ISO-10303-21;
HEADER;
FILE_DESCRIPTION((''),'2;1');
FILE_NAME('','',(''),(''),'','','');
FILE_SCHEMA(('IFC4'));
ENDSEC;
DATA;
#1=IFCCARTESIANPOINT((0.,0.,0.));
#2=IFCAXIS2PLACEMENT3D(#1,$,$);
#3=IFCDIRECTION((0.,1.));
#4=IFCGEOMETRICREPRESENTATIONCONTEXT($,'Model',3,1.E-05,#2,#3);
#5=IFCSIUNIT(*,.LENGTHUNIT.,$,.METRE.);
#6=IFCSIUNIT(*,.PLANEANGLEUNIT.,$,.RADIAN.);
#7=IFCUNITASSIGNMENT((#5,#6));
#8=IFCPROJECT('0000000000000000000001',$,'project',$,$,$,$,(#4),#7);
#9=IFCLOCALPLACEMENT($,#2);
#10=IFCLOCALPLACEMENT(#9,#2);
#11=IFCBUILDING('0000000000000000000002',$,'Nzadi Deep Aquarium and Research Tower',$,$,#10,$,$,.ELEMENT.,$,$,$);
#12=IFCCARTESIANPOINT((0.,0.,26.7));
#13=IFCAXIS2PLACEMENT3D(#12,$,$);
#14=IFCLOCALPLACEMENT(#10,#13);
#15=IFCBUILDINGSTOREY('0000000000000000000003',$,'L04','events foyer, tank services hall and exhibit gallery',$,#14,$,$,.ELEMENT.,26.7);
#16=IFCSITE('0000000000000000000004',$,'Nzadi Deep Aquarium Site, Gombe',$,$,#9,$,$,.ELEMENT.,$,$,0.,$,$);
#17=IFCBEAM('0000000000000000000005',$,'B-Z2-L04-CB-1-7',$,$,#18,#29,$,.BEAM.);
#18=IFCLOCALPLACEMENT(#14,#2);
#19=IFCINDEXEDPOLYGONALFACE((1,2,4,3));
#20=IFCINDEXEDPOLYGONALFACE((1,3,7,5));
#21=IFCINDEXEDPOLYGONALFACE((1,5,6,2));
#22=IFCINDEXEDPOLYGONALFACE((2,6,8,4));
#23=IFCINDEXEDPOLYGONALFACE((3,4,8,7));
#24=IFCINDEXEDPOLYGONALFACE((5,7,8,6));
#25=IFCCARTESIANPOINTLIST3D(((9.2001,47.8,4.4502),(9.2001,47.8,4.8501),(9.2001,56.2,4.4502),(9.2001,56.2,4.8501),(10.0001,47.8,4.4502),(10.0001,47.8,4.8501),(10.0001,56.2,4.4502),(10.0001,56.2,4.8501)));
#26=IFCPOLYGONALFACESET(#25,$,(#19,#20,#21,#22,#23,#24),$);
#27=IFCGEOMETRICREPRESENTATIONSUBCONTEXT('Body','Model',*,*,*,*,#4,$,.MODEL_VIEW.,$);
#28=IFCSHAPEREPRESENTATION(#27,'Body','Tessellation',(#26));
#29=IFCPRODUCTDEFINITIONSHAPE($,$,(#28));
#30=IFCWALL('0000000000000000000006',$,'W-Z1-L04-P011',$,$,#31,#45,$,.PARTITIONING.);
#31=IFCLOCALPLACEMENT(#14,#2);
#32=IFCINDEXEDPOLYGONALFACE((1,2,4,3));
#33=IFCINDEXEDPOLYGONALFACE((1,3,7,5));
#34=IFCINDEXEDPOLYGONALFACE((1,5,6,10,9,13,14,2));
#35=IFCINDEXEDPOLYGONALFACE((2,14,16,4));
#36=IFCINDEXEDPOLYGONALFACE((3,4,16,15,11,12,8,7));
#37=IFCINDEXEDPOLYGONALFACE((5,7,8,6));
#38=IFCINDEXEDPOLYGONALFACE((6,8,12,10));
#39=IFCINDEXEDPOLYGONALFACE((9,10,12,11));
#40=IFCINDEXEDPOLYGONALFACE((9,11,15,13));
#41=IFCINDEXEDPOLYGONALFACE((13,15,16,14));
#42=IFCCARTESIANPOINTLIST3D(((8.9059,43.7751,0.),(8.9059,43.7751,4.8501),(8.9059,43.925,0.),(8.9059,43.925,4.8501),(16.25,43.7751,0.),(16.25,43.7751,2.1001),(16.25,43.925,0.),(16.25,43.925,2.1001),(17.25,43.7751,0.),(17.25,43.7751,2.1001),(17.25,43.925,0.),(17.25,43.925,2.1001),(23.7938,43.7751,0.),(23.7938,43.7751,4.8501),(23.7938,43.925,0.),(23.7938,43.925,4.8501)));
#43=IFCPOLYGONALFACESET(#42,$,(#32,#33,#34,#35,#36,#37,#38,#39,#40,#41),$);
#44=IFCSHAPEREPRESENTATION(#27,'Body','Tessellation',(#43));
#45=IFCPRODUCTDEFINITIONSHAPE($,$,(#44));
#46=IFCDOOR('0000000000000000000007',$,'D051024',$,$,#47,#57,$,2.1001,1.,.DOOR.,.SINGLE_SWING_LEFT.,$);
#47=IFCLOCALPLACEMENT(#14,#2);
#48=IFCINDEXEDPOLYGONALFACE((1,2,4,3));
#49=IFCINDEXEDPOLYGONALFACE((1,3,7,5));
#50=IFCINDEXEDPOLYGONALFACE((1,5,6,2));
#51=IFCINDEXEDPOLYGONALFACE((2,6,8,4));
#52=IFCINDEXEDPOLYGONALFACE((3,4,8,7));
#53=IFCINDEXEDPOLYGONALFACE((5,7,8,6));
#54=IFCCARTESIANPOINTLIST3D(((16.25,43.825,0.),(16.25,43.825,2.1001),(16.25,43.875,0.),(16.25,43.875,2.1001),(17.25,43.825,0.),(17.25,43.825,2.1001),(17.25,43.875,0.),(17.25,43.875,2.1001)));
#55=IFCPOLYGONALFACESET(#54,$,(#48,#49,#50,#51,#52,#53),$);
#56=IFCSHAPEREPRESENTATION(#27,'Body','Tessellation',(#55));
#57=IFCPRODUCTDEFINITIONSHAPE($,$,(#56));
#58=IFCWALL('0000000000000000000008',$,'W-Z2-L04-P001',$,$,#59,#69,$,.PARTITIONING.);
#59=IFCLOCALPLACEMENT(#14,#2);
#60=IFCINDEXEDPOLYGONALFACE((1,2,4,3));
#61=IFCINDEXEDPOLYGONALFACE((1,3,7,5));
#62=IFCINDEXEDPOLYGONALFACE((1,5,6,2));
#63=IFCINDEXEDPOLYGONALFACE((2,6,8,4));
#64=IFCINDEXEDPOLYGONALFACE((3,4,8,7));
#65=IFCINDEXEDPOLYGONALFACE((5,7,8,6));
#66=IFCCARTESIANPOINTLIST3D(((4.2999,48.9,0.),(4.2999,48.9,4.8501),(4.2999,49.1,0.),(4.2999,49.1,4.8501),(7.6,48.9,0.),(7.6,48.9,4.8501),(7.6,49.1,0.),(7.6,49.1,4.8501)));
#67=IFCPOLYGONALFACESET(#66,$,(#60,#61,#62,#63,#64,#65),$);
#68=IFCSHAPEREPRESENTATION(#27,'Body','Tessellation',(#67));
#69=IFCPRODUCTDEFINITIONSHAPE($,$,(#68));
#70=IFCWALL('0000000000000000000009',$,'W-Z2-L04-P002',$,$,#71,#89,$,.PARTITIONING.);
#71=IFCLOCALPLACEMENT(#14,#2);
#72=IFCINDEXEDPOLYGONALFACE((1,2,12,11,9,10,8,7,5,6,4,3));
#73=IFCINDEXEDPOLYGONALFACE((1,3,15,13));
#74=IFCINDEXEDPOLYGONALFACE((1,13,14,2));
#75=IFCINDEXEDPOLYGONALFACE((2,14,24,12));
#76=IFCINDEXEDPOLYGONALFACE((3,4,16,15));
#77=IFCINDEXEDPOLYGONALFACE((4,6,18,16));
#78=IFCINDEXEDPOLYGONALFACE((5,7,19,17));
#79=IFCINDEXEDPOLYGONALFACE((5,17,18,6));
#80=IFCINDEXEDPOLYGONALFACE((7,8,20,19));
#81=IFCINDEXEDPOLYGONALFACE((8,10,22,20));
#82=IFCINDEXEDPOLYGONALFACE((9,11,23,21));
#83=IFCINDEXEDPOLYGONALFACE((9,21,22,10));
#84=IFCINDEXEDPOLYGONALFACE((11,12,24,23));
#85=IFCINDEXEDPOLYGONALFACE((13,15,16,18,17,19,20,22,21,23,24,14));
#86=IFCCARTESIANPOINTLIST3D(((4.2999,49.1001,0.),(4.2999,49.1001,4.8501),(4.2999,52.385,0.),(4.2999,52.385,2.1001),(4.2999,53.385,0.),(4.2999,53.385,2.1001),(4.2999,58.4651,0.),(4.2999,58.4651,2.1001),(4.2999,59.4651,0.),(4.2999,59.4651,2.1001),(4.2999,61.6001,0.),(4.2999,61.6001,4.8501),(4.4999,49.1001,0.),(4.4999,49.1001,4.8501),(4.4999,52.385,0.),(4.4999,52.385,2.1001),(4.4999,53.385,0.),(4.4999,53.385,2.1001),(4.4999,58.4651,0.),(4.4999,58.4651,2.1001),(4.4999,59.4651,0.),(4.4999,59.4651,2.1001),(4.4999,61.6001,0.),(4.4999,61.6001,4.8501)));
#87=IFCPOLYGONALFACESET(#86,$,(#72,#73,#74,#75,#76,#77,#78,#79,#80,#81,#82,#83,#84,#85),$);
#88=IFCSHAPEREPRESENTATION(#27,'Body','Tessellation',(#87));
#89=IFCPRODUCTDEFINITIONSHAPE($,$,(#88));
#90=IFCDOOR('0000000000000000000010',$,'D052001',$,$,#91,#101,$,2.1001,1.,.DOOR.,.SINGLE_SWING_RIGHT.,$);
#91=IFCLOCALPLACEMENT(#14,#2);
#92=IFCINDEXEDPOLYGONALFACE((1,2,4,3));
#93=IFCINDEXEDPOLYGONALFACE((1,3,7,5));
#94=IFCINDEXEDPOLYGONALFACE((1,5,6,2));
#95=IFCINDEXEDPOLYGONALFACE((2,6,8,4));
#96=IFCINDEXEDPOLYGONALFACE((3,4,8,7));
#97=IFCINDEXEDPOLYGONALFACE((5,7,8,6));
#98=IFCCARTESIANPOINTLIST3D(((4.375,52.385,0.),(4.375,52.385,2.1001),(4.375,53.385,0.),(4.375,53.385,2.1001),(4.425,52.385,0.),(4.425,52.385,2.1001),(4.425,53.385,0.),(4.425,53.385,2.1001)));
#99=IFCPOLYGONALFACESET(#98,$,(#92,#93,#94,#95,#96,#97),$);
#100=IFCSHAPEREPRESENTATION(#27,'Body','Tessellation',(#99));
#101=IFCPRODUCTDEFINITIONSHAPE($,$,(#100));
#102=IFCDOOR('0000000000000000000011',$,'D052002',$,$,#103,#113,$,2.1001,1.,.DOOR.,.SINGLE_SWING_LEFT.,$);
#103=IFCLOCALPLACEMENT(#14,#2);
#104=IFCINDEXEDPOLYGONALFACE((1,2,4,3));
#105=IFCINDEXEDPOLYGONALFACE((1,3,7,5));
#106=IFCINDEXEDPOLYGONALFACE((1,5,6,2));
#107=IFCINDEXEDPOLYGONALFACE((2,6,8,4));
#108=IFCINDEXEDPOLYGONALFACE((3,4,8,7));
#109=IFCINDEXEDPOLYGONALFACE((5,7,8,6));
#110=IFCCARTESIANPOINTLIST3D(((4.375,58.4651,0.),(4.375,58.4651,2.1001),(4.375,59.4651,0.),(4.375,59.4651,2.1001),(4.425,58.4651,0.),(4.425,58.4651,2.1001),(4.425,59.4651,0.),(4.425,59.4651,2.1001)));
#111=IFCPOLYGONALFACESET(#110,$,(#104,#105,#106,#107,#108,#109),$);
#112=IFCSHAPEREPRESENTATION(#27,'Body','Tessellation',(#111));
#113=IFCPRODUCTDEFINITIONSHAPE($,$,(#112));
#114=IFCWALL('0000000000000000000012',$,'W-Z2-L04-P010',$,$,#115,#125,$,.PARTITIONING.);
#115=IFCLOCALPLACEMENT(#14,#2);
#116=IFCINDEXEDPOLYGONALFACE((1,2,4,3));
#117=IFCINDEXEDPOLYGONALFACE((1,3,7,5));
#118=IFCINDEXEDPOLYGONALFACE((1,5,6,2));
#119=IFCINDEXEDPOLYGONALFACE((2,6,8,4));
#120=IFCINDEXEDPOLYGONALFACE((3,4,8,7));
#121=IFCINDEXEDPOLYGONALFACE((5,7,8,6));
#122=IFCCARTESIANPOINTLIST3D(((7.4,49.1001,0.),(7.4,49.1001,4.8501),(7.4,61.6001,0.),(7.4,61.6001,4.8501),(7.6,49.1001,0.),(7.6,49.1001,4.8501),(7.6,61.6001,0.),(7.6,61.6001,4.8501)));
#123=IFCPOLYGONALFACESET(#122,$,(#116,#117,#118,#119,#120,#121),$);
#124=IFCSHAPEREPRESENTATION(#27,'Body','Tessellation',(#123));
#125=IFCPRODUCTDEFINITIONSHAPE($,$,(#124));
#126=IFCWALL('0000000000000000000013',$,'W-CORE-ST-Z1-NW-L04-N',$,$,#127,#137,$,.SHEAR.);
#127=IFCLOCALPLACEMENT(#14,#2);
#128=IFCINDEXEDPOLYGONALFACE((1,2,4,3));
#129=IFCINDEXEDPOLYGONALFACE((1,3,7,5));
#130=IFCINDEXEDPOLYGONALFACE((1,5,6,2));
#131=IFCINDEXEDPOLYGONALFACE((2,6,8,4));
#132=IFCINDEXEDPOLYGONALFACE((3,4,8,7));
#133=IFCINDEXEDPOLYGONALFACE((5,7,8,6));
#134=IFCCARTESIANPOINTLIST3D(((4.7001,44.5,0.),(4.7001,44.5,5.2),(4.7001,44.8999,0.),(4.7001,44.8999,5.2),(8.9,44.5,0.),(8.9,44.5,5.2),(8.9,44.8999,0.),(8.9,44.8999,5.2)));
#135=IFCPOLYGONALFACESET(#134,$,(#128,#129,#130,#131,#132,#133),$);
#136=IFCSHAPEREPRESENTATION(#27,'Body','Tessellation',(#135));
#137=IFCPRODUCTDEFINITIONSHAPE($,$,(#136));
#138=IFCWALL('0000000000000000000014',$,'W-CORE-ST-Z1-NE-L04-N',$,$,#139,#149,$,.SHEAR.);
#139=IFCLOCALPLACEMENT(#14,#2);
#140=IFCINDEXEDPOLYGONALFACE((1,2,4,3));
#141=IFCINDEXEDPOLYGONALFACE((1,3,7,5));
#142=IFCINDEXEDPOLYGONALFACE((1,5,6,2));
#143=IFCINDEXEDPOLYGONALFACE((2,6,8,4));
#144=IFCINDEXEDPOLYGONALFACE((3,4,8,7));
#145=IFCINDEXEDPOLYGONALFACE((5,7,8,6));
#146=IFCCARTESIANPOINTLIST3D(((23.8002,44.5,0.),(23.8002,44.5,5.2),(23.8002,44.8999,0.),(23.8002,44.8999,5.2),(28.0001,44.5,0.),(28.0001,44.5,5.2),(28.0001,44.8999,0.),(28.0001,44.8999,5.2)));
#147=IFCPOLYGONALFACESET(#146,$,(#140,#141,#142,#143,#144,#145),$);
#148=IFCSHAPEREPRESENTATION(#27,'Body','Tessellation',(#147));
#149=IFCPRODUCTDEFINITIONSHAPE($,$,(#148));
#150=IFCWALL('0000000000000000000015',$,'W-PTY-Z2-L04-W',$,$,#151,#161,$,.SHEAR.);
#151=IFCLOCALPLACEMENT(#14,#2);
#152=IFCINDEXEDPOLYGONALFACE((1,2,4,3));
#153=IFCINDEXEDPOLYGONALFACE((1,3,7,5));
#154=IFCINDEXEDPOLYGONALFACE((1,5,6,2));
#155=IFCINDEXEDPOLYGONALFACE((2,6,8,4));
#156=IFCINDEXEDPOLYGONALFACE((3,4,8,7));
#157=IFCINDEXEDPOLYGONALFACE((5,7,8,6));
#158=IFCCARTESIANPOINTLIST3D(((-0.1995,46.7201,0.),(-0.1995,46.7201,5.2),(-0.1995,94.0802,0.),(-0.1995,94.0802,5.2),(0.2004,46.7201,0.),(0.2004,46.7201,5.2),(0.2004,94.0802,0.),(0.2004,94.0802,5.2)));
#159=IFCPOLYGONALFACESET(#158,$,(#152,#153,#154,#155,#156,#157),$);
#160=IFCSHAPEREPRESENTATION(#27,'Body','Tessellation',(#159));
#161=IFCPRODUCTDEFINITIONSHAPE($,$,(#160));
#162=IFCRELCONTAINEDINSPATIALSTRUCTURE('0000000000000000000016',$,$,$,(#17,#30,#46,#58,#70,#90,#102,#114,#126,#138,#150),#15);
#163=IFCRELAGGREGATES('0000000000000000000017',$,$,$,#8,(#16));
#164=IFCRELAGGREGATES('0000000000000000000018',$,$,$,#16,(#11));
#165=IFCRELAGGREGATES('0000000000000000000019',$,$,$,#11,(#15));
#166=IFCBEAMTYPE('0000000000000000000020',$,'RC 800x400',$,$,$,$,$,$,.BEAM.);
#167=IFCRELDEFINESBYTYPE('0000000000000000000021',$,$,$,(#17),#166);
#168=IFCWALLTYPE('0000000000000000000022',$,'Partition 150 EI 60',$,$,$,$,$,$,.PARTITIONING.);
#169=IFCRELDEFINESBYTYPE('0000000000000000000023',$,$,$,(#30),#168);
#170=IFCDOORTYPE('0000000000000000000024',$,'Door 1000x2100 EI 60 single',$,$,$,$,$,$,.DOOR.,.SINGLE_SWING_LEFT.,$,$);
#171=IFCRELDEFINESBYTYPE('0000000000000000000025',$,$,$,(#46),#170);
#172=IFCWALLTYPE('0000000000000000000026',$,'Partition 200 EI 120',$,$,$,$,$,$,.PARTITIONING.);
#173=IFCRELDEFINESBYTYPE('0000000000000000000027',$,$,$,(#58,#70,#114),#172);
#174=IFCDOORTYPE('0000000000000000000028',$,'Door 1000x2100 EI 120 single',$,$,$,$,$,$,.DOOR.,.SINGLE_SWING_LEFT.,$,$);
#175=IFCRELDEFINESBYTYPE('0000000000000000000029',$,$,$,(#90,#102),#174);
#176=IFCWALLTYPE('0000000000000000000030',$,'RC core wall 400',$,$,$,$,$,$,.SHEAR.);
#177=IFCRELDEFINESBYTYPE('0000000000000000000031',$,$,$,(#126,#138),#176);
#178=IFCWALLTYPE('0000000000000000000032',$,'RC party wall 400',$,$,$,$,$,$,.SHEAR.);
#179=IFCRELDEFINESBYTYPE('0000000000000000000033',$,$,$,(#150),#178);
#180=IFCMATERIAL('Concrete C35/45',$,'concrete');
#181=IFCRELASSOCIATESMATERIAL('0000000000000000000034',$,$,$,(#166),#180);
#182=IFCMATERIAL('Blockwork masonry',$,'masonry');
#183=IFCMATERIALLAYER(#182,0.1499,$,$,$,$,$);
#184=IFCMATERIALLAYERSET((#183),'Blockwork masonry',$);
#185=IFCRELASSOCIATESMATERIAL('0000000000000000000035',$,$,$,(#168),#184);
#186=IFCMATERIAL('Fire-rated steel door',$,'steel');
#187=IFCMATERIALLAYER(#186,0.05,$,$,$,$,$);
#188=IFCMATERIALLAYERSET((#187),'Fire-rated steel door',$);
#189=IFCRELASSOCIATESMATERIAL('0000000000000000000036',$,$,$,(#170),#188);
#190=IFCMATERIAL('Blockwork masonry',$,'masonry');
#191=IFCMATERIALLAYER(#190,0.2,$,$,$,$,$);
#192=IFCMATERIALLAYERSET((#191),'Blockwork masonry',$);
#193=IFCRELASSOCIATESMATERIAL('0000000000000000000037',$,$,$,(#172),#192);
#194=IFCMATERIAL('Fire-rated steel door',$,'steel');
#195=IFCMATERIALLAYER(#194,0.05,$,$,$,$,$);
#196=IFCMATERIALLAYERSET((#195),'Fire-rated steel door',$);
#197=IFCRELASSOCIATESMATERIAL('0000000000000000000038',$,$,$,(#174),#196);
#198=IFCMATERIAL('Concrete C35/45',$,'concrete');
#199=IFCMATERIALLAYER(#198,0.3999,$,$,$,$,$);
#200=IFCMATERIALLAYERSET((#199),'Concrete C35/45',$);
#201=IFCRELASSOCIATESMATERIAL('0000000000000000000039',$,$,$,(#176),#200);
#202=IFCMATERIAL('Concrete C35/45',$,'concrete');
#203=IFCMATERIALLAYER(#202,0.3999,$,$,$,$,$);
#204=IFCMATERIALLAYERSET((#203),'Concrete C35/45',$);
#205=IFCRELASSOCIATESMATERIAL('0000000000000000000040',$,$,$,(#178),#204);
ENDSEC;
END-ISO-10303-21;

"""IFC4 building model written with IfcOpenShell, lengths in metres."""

from ifc_helpers import new_model, si_unit, direction, frame, frame_2d, origin, origin_2d, place, context, subcontext, project, spatial, rectangle, extrude, material, layer, layer_set, material_profile, profile_set, type_object, element, fill, save


model = new_model("IFC4")

# Units and contexts
model_context = context("Model", 3, precision=1e-05, world=origin(), true_north=direction((0.0, 1.0)))
body_context = subcontext(model_context, "Body", "Model", "MODEL_VIEW")
ifc_project = project(units=[si_unit("LENGTHUNIT", "METRE"), si_unit("PLANEANGLEUNIT", "RADIAN")], contexts=[model_context])

# Site, building, storey
site_placement = place(None, origin())
site = spatial("IfcSite", under=ifc_project, at=site_placement, Name="Nzadi Deep Aquarium Site, Gombe", CompositionType="ELEMENT", RefElevation=0.0)
building_placement = place(site_placement, origin())
building = spatial("IfcBuilding", under=site, at=building_placement, Name="Nzadi Deep Aquarium and Research Tower", CompositionType="ELEMENT")
storey_placement = place(building_placement, frame((0.0, 0.0, 26.7)))
storey = spatial("IfcBuildingStorey", under=building, at=storey_placement, Name="L04", Description="events foyer, tank services hall and exhibit gallery", CompositionType="ELEMENT", Elevation=26.7)

# Beam
ifc_material_1 = material(Name="Concrete C35/45", Category="concrete")
ifc_material_profile_1 = material_profile(ifc_material_1, rectangle(XDim=0.8, YDim=0.3999, at=origin_2d()))
ifc_profile_set_1 = profile_set([ifc_material_profile_1], Name="Concrete C35/45")
beam_type_1 = type_object("IfcBeamType", Name="RC 800x400", PredefinedType="BEAM", material=ifc_profile_set_1)
beam_1_placement = place(storey_placement, frame((9.6001, 47.8, 4.6501), z_axis=(0.0, 1.0, 0.0), x_axis=(-1.0, 0.0, 0.0)))
element("IfcBeam", 1, at=beam_1_placement, inside=storey, type_object=beam_type_1, Name="B-Z2-L04-CB-1-7", PredefinedType="BEAM", context=body_context, shape_type="SweptSolid", body=[
    extrude(rectangle(XDim=0.8, YDim=0.3999, at=origin_2d()), origin(), (0.0, 0.0, 1.0), 8.3999),
])

# Wall, opening, door
ifc_material_2 = material(Name="Blockwork masonry", Category="masonry")
ifc_layer_1 = layer(ifc_material_2, 0.1499)
ifc_layer_set_1 = layer_set([ifc_layer_1], Name="Blockwork masonry")
wall_type_1 = type_object("IfcWallType", Name="Partition 150 EI 60", PredefinedType="PARTITIONING", material=ifc_layer_set_1)
wall_1_placement = place(storey_placement, frame((8.906, 43.8501, 0.0), z_axis=(0.0, 0.0, 1.0), x_axis=(1.0, 0.0, 0.0)))
wall_1 = element("IfcWall", 2, at=wall_1_placement, inside=storey, type_object=wall_type_1, Name="W-Z1-L04-P011", PredefinedType="PARTITIONING", context=body_context, shape_type="SweptSolid", body=[
    extrude(rectangle(XDim=14.8879, YDim=0.1499, at=frame_2d((7.4438, 0.0))), origin(), (0.0, 0.0, 1.0), 4.8501),
])
opening_1_placement = place(wall_1_placement, frame((7.344, 0.0, 0.0)))
opening_1 = element("IfcOpeningElement", 3, at=opening_1_placement, cuts=wall_1, PredefinedType="OPENING", context=body_context, shape_type="SweptSolid", body=[
    extrude(rectangle(XDim=1.0, YDim=2.1001, at=frame_2d((0.5, 1.05))), frame((0.0, 0.085, 0.0), z_axis=(0.0, -1.0, 0.0), x_axis=(1.0, 0.0, 0.0)), (0.0, 0.0, 1.0), 0.1699),
])
ifc_material_3 = material(Name="Fire-rated steel door", Category="steel")
ifc_layer_2 = layer(ifc_material_3, 0.05)
ifc_layer_set_2 = layer_set([ifc_layer_2], Name="Fire-rated steel door")
door_type_1 = type_object("IfcDoorType", Name="Door 1000x2100 EI 60 single", OperationType="SINGLE_SWING_LEFT", PredefinedType="DOOR", material=ifc_layer_set_2)
door_1_placement = place(opening_1_placement, origin())
door_1 = element("IfcDoor", 4, at=door_1_placement, inside=storey, type_object=door_type_1, Name="D051024", OperationType="SINGLE_SWING_LEFT", OverallHeight=2.1001, OverallWidth=1.0, PredefinedType="DOOR", context=body_context, shape_type="SweptSolid", body=[
    extrude(rectangle(XDim=1.0, YDim=2.1001, at=frame_2d((0.5, 1.05))), frame((0.0, 0.0249, 0.0), z_axis=(0.0, -1.0, 0.0), x_axis=(1.0, 0.0, 0.0)), (0.0, 0.0, 1.0), 0.05),
])
fill(opening_1, door_1)

# Wall
ifc_material_4 = material(Name="Blockwork masonry", Category="masonry")
ifc_layer_3 = layer(ifc_material_4, 0.2)
ifc_layer_set_3 = layer_set([ifc_layer_3], Name="Blockwork masonry")
wall_type_2 = type_object("IfcWallType", Name="Partition 200 EI 120", PredefinedType="PARTITIONING", material=ifc_layer_set_3)
wall_2_placement = place(storey_placement, frame((4.3, 49.0, 0.0), z_axis=(0.0, 0.0, 1.0), x_axis=(1.0, 0.0, 0.0)))
element("IfcWall", 5, at=wall_2_placement, inside=storey, type_object=wall_type_2, Name="W-Z2-L04-P001", PredefinedType="PARTITIONING", context=body_context, shape_type="SweptSolid", body=[
    extrude(rectangle(XDim=3.3, YDim=0.2, at=frame_2d((1.6499, 0.0))), origin(), (0.0, 0.0, 1.0), 4.8501),
])

# Wall, openings, doors
wall_3_placement = place(storey_placement, frame((4.3999, 49.1001, 0.0), z_axis=(0.0, 0.0, 1.0), x_axis=(0.0, 1.0, 0.0)))
wall_3 = element("IfcWall", 6, at=wall_3_placement, inside=storey, type_object=wall_type_2, Name="W-Z2-L04-P002", PredefinedType="PARTITIONING", context=body_context, shape_type="SweptSolid", body=[
    extrude(rectangle(XDim=12.5, YDim=0.2, at=frame_2d((6.25, 0.0))), origin(), (0.0, 0.0, 1.0), 4.8501),
])
opening_2_placement = place(wall_3_placement, frame((3.2849, 0.0, 0.0)))
opening_2 = element("IfcOpeningElement", 7, at=opening_2_placement, cuts=wall_3, PredefinedType="OPENING", context=body_context, shape_type="SweptSolid", body=[
    extrude(rectangle(XDim=1.0, YDim=2.1001, at=frame_2d((0.5, 1.05))), frame((0.0, 0.1101, 0.0), z_axis=(0.0, -1.0, 0.0), x_axis=(1.0, 0.0, 0.0)), (0.0, 0.0, 1.0), 0.2202),
])
opening_3_placement = place(wall_3_placement, frame((9.365, 0.0, 0.0)))
opening_3 = element("IfcOpeningElement", 8, at=opening_3_placement, cuts=wall_3, PredefinedType="OPENING", context=body_context, shape_type="SweptSolid", body=[
    extrude(rectangle(XDim=1.0, YDim=2.1001, at=frame_2d((0.5, 1.05))), frame((0.0, 0.1101, 0.0), z_axis=(0.0, -1.0, 0.0), x_axis=(1.0, 0.0, 0.0)), (0.0, 0.0, 1.0), 0.2202),
])
ifc_material_5 = material(Name="Fire-rated steel door", Category="steel")
ifc_layer_4 = layer(ifc_material_5, 0.05)
ifc_layer_set_4 = layer_set([ifc_layer_4], Name="Fire-rated steel door")
door_type_2 = type_object("IfcDoorType", Name="Door 1000x2100 EI 120 single", OperationType="SINGLE_SWING_LEFT", PredefinedType="DOOR", material=ifc_layer_set_4)
door_2_placement = place(opening_2_placement, origin())
door_2 = element("IfcDoor", 9, at=door_2_placement, inside=storey, type_object=door_type_2, Name="D052001", OperationType="SINGLE_SWING_RIGHT", OverallHeight=2.1001, OverallWidth=1.0, PredefinedType="DOOR", context=body_context, shape_type="SweptSolid", body=[
    extrude(rectangle(XDim=1.0, YDim=2.1001, at=frame_2d((0.5, 1.05))), frame((0.0, 0.0249, 0.0), z_axis=(0.0, -1.0, 0.0), x_axis=(1.0, 0.0, 0.0)), (0.0, 0.0, 1.0), 0.05),
])
fill(opening_2, door_2)
door_3_placement = place(opening_3_placement, origin())
door_3 = element("IfcDoor", 10, at=door_3_placement, inside=storey, type_object=door_type_2, Name="D052002", OperationType="SINGLE_SWING_LEFT", OverallHeight=2.1001, OverallWidth=1.0, PredefinedType="DOOR", context=body_context, shape_type="SweptSolid", body=[
    extrude(rectangle(XDim=1.0, YDim=2.1001, at=frame_2d((0.5, 1.05))), frame((0.0, 0.0249, 0.0), z_axis=(0.0, -1.0, 0.0), x_axis=(1.0, 0.0, 0.0)), (0.0, 0.0, 1.0), 0.05),
])
fill(opening_3, door_3)

# Walls
wall_4_placement = place(storey_placement, frame((7.5, 49.1001, 0.0), z_axis=(0.0, 0.0, 1.0), x_axis=(0.0, 1.0, 0.0)))
element("IfcWall", 11, at=wall_4_placement, inside=storey, type_object=wall_type_2, Name="W-Z2-L04-P010", PredefinedType="PARTITIONING", context=body_context, shape_type="SweptSolid", body=[
    extrude(rectangle(XDim=12.5, YDim=0.2, at=frame_2d((6.25, 0.0))), origin(), (0.0, 0.0, 1.0), 4.8501),
])
ifc_material_6 = material(Name="Concrete C35/45", Category="concrete")
ifc_layer_5 = layer(ifc_material_6, 0.3999)
ifc_layer_set_5 = layer_set([ifc_layer_5], Name="Concrete C35/45")
wall_type_3 = type_object("IfcWallType", Name="RC core wall 400", PredefinedType="SHEAR", material=ifc_layer_set_5)
for number, where, z_axis, x_axis, name in (
    (12, (4.7, 44.7, 0.0), (0.0, 0.0, 1.0), (1.0, 0.0, 0.0), "W-CORE-ST-Z1-NW-L04-N"),
    (13, (23.8, 44.7, 0.0), (0.0, 0.0, 1.0), (1.0, 0.0, 0.0), "W-CORE-ST-Z1-NE-L04-N"),
):
    element("IfcWall", number, at=place(storey_placement, frame(where, z_axis=z_axis, x_axis=x_axis)), inside=storey, type_object=wall_type_3, Name=name, PredefinedType="SHEAR", context=body_context, shape_type="SweptSolid", body=[
        extrude(rectangle(XDim=4.2, YDim=0.3999, at=frame_2d((2.1001, 0.0))), origin(), (0.0, 0.0, 1.0), 5.2),
    ])
ifc_material_7 = material(Name="Concrete C35/45", Category="concrete")
ifc_layer_6 = layer(ifc_material_7, 0.3999)
ifc_layer_set_6 = layer_set([ifc_layer_6], Name="Concrete C35/45")
wall_type_4 = type_object("IfcWallType", Name="RC party wall 400", PredefinedType="SHEAR", material=ifc_layer_set_6)
wall_5_placement = place(storey_placement, frame((0.0005, 46.72, 0.0), z_axis=(0.0, 0.0, 1.0), x_axis=(0.0, 1.0, 0.0)))
element("IfcWall", 14, at=wall_5_placement, inside=storey, type_object=wall_type_4, Name="W-PTY-Z2-L04-W", PredefinedType="SHEAR", context=body_context, shape_type="SweptSolid", body=[
    extrude(rectangle(XDim=47.3601, YDim=0.3999, at=frame_2d((23.6802, 0.0))), origin(), (0.0, 0.0, 1.0), 5.2),
])

save(model, "model.ifc")
